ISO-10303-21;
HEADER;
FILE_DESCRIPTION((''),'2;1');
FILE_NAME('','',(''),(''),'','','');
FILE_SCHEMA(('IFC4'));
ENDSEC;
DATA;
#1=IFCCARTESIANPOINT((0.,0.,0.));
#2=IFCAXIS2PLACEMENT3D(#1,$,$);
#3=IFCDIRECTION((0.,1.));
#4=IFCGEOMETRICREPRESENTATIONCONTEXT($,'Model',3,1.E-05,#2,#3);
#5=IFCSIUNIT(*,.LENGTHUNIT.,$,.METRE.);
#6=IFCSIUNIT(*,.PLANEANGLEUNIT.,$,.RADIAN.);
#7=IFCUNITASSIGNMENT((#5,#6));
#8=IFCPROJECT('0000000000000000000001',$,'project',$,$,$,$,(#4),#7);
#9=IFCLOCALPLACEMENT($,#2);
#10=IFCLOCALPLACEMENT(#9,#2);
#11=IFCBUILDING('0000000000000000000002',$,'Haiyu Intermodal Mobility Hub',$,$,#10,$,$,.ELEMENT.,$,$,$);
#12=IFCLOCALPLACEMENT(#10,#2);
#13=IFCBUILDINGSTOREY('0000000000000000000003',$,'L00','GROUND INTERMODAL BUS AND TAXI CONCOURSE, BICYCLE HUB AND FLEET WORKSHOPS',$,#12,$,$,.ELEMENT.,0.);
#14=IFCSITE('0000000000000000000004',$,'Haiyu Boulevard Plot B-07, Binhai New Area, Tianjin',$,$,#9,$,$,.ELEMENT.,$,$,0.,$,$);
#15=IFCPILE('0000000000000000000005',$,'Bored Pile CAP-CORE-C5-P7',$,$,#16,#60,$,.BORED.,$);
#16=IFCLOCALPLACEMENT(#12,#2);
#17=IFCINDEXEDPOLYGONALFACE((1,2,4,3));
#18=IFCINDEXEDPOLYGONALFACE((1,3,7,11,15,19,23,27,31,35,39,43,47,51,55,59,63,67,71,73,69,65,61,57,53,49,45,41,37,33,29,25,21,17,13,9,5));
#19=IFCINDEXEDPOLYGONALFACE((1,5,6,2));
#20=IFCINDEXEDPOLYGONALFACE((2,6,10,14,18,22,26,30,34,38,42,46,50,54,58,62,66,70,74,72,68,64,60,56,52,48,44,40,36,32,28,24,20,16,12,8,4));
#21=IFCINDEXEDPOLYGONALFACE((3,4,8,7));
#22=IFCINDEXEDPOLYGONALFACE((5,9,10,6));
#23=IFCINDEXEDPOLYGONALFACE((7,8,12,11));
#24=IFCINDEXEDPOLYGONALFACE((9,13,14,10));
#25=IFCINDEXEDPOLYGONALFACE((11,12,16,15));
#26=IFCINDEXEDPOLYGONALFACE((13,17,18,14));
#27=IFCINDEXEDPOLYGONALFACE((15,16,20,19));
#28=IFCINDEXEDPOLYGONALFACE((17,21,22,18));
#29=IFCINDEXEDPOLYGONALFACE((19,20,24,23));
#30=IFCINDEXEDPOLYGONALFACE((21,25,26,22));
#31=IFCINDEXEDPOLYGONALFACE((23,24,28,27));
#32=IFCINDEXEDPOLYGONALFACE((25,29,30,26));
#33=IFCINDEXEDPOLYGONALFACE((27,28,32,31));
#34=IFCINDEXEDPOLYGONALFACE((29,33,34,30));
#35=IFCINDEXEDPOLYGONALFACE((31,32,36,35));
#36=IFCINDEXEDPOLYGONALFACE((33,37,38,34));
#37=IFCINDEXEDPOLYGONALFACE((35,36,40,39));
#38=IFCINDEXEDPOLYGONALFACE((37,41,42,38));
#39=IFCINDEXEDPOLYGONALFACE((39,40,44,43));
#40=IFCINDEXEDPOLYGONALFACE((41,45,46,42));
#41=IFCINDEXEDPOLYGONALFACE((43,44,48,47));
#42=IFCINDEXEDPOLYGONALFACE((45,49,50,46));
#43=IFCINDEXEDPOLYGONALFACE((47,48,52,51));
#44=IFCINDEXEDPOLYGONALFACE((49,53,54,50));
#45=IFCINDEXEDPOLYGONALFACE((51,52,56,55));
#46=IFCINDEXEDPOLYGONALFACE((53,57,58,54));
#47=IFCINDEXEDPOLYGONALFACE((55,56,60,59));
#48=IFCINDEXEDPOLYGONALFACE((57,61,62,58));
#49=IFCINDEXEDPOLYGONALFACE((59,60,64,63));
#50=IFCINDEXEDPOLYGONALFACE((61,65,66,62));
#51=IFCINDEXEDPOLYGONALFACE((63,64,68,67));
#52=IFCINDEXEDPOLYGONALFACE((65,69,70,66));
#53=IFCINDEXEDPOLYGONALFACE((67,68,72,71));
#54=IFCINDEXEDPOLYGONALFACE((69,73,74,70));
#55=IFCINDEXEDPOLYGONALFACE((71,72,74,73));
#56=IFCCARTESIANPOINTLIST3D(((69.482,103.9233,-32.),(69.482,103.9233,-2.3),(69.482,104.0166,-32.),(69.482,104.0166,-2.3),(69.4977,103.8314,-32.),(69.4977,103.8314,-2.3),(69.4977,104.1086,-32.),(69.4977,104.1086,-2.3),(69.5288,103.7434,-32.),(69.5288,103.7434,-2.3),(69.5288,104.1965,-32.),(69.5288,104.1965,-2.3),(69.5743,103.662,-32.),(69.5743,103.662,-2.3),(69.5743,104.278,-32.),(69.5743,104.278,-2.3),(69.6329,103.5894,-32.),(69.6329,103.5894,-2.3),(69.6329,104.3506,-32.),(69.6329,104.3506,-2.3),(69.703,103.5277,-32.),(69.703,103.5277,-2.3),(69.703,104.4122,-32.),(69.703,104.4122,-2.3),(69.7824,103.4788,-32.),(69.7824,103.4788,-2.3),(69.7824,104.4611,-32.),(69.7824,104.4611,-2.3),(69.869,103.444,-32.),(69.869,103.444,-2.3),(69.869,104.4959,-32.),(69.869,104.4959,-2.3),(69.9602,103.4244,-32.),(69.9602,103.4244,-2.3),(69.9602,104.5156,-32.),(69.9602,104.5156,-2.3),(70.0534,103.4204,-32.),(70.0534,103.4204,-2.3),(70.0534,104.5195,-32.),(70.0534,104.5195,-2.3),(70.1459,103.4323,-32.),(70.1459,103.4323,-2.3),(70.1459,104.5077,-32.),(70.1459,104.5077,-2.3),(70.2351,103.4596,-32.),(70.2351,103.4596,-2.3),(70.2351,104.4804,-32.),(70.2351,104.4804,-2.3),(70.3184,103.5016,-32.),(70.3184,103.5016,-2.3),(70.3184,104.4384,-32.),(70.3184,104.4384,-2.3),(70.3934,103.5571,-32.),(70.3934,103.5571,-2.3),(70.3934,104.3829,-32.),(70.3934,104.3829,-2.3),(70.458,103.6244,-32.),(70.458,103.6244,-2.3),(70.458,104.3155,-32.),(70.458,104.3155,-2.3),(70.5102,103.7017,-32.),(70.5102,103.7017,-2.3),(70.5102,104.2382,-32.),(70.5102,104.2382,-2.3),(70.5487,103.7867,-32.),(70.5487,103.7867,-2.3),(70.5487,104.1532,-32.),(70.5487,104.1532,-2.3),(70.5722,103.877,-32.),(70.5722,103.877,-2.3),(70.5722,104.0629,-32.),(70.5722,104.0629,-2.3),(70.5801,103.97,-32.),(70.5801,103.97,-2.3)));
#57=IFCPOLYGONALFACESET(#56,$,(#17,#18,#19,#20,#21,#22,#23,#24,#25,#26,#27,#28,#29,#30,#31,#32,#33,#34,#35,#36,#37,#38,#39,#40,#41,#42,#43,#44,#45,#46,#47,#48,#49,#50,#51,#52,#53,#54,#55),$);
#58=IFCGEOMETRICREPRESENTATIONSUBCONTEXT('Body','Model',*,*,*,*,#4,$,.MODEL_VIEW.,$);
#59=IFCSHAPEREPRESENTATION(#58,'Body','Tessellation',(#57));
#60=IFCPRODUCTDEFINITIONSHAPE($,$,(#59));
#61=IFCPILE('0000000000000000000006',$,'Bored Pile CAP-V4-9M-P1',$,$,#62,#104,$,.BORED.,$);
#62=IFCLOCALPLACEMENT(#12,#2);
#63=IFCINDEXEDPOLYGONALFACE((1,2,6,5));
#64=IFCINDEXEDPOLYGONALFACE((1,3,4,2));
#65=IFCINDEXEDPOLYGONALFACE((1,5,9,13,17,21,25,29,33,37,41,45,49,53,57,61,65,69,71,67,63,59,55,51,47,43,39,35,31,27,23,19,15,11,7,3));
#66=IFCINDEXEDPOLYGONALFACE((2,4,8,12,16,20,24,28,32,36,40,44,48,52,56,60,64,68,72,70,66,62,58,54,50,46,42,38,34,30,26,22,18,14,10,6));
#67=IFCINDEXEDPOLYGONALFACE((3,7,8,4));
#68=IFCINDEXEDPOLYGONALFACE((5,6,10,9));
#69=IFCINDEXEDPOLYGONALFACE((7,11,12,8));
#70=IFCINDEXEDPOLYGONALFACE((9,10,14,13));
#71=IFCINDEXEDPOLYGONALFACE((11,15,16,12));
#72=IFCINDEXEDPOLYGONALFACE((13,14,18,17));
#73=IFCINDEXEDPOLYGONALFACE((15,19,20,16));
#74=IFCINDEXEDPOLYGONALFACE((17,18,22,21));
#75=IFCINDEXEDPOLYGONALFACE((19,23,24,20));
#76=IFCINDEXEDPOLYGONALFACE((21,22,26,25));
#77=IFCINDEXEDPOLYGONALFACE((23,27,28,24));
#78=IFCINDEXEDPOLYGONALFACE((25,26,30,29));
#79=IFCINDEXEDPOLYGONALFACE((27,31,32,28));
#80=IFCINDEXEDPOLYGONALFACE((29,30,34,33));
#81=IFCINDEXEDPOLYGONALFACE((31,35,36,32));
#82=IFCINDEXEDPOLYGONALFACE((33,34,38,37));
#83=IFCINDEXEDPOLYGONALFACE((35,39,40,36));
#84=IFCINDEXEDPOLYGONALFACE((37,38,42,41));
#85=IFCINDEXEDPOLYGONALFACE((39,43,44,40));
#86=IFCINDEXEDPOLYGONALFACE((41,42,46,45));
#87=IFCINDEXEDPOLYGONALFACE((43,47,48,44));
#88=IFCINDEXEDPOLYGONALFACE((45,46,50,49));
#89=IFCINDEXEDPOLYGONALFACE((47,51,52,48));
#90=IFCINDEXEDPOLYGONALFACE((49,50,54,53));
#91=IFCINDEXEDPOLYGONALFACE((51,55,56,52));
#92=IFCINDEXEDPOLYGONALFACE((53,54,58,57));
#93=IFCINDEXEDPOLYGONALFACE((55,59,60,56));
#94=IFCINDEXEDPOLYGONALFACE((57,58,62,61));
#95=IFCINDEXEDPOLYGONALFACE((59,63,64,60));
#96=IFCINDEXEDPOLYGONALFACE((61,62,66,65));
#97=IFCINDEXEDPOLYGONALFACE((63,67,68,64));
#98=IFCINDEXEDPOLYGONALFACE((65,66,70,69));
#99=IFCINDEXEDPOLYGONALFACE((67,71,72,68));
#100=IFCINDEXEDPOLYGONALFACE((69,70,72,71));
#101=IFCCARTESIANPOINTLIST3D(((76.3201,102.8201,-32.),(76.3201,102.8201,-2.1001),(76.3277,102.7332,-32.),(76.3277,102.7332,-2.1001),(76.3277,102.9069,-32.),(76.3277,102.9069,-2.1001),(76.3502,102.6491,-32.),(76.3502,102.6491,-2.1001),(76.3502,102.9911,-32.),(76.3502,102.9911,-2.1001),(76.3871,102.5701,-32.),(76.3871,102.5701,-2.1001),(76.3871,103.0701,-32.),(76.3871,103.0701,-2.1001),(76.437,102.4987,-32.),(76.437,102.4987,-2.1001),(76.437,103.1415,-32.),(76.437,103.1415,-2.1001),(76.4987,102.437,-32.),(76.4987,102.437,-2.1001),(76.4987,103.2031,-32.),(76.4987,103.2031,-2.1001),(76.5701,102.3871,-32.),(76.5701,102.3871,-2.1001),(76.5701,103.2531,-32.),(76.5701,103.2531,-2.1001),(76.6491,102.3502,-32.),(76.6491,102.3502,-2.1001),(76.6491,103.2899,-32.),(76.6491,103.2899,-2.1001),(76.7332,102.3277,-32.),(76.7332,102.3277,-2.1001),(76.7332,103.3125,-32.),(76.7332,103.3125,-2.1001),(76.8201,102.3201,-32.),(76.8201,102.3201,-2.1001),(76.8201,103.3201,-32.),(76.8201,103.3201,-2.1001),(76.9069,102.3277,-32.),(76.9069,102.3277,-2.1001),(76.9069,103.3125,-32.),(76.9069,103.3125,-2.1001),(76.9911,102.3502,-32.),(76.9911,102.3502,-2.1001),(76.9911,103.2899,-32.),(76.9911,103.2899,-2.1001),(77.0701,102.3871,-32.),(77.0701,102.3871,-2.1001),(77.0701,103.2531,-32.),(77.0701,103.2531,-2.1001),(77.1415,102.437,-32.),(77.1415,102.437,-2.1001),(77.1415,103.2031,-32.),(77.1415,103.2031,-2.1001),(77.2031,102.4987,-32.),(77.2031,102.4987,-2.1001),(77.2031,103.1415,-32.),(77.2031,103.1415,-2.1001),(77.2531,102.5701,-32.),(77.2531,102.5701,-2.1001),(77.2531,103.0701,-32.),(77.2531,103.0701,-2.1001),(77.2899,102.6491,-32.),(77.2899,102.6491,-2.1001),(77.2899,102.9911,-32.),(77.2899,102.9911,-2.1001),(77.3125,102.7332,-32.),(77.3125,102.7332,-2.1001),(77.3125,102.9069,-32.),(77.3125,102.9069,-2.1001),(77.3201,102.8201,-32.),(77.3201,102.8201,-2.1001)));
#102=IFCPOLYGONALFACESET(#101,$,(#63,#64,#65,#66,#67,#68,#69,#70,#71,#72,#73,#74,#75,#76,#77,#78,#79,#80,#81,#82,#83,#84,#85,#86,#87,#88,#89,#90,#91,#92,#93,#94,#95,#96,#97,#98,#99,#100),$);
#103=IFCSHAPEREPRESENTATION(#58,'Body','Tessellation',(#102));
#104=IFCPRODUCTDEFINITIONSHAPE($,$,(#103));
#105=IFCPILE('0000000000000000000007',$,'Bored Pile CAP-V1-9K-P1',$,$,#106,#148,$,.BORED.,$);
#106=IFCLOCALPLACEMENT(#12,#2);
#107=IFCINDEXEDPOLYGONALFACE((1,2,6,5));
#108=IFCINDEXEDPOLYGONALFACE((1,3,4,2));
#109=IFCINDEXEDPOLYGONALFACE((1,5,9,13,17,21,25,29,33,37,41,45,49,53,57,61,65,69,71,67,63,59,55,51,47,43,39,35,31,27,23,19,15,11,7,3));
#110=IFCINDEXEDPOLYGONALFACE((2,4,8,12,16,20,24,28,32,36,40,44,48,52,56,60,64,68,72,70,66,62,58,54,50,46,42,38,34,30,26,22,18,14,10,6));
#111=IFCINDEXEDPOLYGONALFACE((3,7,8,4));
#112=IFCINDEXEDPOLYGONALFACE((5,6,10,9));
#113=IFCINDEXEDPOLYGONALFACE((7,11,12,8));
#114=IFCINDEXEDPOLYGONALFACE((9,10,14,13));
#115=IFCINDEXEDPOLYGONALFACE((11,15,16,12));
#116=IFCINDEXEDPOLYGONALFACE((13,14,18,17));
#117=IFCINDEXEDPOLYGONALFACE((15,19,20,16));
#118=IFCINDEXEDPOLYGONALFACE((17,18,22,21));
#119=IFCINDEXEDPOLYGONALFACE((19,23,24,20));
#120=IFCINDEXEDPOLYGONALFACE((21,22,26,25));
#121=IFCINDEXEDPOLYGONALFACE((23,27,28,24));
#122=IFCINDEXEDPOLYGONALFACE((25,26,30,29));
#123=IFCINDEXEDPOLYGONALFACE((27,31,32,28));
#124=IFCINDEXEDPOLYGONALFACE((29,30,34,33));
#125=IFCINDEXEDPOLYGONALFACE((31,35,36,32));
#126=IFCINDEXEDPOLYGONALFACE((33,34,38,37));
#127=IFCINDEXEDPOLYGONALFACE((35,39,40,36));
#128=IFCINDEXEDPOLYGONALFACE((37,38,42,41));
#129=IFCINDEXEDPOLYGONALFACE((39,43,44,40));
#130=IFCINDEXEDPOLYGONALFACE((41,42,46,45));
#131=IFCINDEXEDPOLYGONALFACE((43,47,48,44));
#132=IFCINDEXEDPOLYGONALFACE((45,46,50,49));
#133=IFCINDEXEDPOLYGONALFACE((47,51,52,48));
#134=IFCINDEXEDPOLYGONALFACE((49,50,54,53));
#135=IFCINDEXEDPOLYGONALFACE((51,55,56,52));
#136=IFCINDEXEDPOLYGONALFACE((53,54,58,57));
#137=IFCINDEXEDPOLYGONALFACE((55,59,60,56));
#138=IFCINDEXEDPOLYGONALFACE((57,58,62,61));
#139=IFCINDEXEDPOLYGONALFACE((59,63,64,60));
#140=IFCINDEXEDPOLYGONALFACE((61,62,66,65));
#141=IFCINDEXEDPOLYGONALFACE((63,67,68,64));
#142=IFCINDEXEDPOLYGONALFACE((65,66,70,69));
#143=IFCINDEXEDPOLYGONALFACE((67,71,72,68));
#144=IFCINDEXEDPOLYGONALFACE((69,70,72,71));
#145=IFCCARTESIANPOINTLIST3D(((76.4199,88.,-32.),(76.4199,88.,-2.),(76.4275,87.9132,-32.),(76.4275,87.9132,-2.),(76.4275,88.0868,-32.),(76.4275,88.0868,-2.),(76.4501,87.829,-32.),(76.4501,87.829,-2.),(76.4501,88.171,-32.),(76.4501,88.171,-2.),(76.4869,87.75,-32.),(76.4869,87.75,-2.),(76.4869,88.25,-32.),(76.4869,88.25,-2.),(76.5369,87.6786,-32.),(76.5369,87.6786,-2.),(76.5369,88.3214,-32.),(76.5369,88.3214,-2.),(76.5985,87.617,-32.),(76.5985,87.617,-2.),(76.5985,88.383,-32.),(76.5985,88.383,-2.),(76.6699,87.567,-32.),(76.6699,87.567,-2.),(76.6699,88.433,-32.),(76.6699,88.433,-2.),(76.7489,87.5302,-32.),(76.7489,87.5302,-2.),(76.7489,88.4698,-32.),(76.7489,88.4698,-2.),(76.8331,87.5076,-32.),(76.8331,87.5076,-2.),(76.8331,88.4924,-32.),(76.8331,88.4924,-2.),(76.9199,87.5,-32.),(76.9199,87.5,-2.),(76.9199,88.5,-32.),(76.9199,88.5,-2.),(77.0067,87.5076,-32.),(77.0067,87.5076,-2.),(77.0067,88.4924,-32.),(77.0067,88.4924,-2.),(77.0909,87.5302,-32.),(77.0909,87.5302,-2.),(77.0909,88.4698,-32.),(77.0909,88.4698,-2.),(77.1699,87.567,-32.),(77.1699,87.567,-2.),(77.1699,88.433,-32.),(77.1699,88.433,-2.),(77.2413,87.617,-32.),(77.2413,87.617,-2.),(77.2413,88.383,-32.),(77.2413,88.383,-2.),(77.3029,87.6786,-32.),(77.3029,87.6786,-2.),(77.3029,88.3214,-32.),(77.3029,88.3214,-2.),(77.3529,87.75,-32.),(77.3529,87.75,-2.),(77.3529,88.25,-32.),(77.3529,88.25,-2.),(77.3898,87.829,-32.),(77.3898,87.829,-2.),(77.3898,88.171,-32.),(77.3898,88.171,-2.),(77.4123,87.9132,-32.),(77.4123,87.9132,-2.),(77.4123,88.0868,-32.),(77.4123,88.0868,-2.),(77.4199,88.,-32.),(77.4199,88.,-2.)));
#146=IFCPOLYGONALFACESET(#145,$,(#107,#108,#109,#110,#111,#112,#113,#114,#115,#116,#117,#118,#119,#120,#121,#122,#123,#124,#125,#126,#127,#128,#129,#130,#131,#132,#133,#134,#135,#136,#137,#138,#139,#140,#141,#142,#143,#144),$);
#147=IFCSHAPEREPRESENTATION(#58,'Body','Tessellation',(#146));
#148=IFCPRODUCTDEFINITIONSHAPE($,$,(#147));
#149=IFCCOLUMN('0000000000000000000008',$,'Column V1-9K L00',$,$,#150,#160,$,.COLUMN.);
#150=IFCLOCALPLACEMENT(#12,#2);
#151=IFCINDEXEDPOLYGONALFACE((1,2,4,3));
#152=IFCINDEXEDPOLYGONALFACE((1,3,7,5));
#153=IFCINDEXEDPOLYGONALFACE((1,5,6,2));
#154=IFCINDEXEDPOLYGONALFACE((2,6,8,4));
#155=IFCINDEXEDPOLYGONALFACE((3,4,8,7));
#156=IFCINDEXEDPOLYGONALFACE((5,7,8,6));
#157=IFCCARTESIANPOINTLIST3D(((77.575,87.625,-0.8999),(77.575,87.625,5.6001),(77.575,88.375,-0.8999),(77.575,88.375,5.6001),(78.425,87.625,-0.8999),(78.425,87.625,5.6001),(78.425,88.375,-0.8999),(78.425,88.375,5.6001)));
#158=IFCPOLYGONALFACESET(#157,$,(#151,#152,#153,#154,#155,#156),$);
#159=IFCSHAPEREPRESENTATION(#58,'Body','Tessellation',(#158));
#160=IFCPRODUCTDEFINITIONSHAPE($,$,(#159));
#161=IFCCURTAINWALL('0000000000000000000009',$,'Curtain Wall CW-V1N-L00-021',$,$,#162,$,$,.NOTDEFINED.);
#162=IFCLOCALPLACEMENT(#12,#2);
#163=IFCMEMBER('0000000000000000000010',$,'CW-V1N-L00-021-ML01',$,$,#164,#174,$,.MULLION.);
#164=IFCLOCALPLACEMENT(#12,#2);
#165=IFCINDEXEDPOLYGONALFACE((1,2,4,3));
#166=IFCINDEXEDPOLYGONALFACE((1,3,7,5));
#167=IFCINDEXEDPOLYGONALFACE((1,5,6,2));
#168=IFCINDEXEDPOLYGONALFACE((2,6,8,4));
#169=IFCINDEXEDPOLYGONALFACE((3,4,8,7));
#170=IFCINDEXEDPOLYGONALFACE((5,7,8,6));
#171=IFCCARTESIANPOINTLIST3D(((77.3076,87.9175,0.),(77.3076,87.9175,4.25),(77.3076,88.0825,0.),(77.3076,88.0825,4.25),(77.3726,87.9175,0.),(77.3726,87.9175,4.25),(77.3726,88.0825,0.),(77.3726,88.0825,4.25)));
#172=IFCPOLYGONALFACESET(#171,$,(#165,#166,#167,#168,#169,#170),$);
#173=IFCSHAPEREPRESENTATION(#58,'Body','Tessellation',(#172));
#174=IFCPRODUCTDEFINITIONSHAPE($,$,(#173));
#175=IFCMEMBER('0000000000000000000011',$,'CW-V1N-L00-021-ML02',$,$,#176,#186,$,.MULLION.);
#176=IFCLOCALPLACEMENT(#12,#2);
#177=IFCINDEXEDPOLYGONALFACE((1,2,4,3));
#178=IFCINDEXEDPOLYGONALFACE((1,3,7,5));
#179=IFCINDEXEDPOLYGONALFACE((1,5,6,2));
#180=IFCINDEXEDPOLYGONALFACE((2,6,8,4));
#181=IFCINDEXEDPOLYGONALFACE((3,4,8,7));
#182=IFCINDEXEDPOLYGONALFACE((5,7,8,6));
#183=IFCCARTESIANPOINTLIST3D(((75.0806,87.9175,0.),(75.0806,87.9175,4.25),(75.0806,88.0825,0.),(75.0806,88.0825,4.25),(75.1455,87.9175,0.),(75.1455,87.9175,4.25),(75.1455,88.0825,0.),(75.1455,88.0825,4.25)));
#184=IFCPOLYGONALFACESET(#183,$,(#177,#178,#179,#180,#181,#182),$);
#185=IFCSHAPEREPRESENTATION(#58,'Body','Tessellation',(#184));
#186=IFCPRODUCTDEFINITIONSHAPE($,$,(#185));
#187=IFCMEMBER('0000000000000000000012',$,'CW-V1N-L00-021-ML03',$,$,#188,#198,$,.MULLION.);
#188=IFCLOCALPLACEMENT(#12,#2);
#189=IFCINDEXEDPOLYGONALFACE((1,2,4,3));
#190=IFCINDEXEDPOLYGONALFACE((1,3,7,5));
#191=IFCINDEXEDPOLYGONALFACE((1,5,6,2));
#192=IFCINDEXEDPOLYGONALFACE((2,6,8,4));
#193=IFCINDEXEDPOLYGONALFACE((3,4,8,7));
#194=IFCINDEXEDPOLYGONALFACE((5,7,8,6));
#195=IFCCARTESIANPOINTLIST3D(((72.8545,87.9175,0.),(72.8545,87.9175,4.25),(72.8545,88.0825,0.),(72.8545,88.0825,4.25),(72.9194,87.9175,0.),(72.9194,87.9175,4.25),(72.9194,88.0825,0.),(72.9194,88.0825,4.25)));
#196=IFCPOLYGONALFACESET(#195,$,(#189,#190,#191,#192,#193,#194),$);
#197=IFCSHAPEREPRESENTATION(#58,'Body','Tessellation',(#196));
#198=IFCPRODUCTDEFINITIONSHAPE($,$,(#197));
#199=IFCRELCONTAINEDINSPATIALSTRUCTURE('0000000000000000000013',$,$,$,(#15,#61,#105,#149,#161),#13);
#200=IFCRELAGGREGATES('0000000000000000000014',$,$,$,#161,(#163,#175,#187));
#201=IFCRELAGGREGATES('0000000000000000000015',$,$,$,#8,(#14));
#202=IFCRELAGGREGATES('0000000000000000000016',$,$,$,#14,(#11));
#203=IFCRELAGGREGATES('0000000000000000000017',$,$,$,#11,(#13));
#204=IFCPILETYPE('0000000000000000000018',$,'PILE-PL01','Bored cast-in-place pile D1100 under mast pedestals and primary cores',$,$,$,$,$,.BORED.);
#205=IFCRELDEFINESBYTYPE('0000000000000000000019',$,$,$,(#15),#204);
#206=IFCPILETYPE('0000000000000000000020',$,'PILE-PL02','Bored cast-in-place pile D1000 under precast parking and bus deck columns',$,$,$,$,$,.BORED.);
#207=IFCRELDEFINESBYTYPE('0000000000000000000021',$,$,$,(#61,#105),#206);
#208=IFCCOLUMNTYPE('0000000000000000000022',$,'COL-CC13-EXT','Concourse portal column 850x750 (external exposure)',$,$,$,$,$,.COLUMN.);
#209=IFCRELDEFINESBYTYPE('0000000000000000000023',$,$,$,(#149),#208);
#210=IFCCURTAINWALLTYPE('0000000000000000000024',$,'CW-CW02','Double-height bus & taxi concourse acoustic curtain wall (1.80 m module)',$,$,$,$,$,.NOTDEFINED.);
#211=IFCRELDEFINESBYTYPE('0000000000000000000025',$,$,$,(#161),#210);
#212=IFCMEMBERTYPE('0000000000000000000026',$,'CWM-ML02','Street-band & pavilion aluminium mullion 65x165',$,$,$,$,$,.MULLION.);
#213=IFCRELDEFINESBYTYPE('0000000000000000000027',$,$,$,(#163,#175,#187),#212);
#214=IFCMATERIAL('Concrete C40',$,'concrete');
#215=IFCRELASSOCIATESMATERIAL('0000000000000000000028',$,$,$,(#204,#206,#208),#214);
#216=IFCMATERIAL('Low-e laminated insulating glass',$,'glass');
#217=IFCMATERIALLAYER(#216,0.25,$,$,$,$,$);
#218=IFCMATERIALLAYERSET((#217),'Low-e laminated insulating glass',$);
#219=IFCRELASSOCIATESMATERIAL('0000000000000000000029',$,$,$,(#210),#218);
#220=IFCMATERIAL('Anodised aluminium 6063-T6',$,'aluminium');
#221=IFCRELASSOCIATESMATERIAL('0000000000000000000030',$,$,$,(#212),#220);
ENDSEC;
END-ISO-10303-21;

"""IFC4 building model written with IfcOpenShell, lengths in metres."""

from ifc_helpers import new_model, si_unit, direction, frame, origin, origin_2d, place, context, subcontext, project, spatial, rectangle, circle, extrude, material, layer, layer_set, material_profile, profile_set, type_object, element, aggregate, save


model = new_model("IFC4")

# Units and contexts
model_context = context("Model", 3, precision=1e-05, world=origin(), true_north=direction((0.0, 1.0)))
body_context = subcontext(model_context, "Body", "Model", "MODEL_VIEW")
ifc_project = project(units=[si_unit("LENGTHUNIT", "METRE"), si_unit("PLANEANGLEUNIT", "RADIAN")], contexts=[model_context])

# Site, building, storey
site_placement = place(None, origin())
site = spatial("IfcSite", under=ifc_project, at=site_placement, Name="Haiyu Boulevard Plot B-07, Binhai New Area, Tianjin", CompositionType="ELEMENT", RefElevation=0.0)
building_placement = place(site_placement, origin())
building = spatial("IfcBuilding", under=site, at=building_placement, Name="Haiyu Intermodal Mobility Hub", CompositionType="ELEMENT")
storey_placement = place(building_placement, origin())
storey = spatial("IfcBuildingStorey", under=building, at=storey_placement, Name="L00", Description="GROUND INTERMODAL BUS AND TAXI CONCOURSE, BICYCLE HUB AND FLEET WORKSHOPS", CompositionType="ELEMENT", Elevation=0.0)

# Shared definitions
ifc_material_1 = material(Name="Concrete C40", Category="concrete")

# Piles
ifc_material_profile_1 = material_profile(ifc_material_1, circle(Radius=0.55, at=origin_2d()), Name="PILE-D1100")
ifc_profile_set_1 = profile_set([ifc_material_profile_1], Name="Concrete C40")
pile_type_1 = type_object("IfcPileType", Name="PILE-PL01", Description="Bored cast-in-place pile D1100 under mast pedestals and primary cores", PredefinedType="BORED", material=ifc_profile_set_1)
for number, where, z_axis, x_axis, name in (
    (1, (70.03, 103.97, -2.3), (0.0, 0.0, -1.0), (1.0, 0.0, 0.0), "Bored Pile CAP-CORE-C5-P7"),
):
    element("IfcPile", number, at=place(storey_placement, frame(where, z_axis=z_axis, x_axis=x_axis)), inside=storey, type_object=pile_type_1, Name=name, PredefinedType="BORED", context=body_context, shape_type="SweptSolid", body=[
        extrude(circle(Radius=0.55, at=origin_2d()), origin(), (0.0, 0.0, 1.0), 29.7),
    ])
ifc_material_profile_2 = material_profile(ifc_material_1, circle(Radius=0.5, at=origin_2d()), Name="PILE-D1000")
ifc_profile_set_2 = profile_set([ifc_material_profile_2], Name="Concrete C40")
pile_type_2 = type_object("IfcPileType", Name="PILE-PL02", Description="Bored cast-in-place pile D1000 under precast parking and bus deck columns", PredefinedType="BORED", material=ifc_profile_set_2)
pile_1_placement = place(storey_placement, frame((76.8201, 102.8201, -2.1001), z_axis=(0.0, 0.0, -1.0), x_axis=(1.0, 0.0, 0.0)))
element("IfcPile", 2, at=pile_1_placement, inside=storey, type_object=pile_type_2, Name="Bored Pile CAP-V4-9M-P1", PredefinedType="BORED", context=body_context, shape_type="SweptSolid", body=[
    extrude(circle(Radius=0.5, at=origin_2d()), origin(), (0.0, 0.0, 1.0), 29.8999),
])
pile_2_placement = place(storey_placement, frame((76.9199, 88.0, -2.0), z_axis=(0.0, 0.0, -1.0), x_axis=(1.0, 0.0, 0.0)))
element("IfcPile", 3, at=pile_2_placement, inside=storey, type_object=pile_type_2, Name="Bored Pile CAP-V1-9K-P1", PredefinedType="BORED", context=body_context, shape_type="SweptSolid", body=[
    extrude(circle(Radius=0.5, at=origin_2d()), origin(), (0.0, 0.0, 1.0), 30.0),
])

# Column
ifc_material_profile_3 = material_profile(ifc_material_1, rectangle(XDim=0.8501, YDim=0.75, at=origin_2d()), Name="C850x750")
ifc_profile_set_3 = profile_set([ifc_material_profile_3], Name="Concrete C40")
column_type = type_object("IfcColumnType", Name="COL-CC13-EXT", Description="Concourse portal column 850x750 (external exposure)", PredefinedType="COLUMN", material=ifc_profile_set_3)
column_placement = place(storey_placement, frame((78.0, 88.0, -0.8999), z_axis=(0.0, 0.0, 1.0), x_axis=(1.0, 0.0, 0.0)))
element("IfcColumn", 4, at=column_placement, inside=storey, type_object=column_type, Name="Column V1-9K L00", PredefinedType="COLUMN", context=body_context, shape_type="SweptSolid", body=[
    extrude(rectangle(XDim=0.8501, YDim=0.75, at=origin_2d()), origin(), (0.0, 0.0, 1.0), 6.5),
])

# Curtain wall, members
ifc_material_2 = material(Name="Low-e laminated insulating glass", Category="glass")
ifc_layer_1 = layer(ifc_material_2, 0.25)
ifc_layer_set_1 = layer_set([ifc_layer_1], Name="Low-e laminated insulating glass")
curtain_wall_type = type_object("IfcCurtainWallType", Name="CW-CW02", Description="Double-height bus & taxi concourse acoustic curtain wall (1.80 m module)", PredefinedType="NOTDEFINED", material=ifc_layer_set_1)
curtain_wall_placement = place(storey_placement, origin())
curtain_wall = element("IfcCurtainWall", 5, at=curtain_wall_placement, inside=storey, type_object=curtain_wall_type, Name="Curtain Wall CW-V1N-L00-021", PredefinedType="NOTDEFINED")
ifc_material_3 = material(Name="Anodised aluminium 6063-T6", Category="aluminium")
ifc_material_profile_4 = material_profile(ifc_material_3, rectangle(XDim=0.0649, YDim=0.165, at=origin_2d()), Name="ALU65x165")
ifc_profile_set_4 = profile_set([ifc_material_profile_4], Name="Anodised aluminium 6063-T6")
member_type_1 = type_object("IfcMemberType", Name="CWM-ML02", Description="Street-band & pavilion aluminium mullion 65x165", PredefinedType="MULLION", material=ifc_profile_set_4)
member_1_placement = place(storey_placement, frame((77.3401, 88.0, 0.0), z_axis=(0.0, 0.0, 1.0), x_axis=(1.0, 0.0, 0.0)))
member_1 = element("IfcMember", 6, at=member_1_placement, type_object=member_type_1, Name="CW-V1N-L00-021-ML01", PredefinedType="MULLION", context=body_context, shape_type="SweptSolid", body=[
    extrude(rectangle(XDim=0.0649, YDim=0.165, at=origin_2d()), origin(), (0.0, 0.0, 1.0), 4.25),
])
member_2_placement = place(storey_placement, frame((75.113, 88.0, 0.0), z_axis=(0.0, 0.0, 1.0), x_axis=(1.0, 0.0, 0.0)))
member_2 = element("IfcMember", 7, at=member_2_placement, type_object=member_type_1, Name="CW-V1N-L00-021-ML02", PredefinedType="MULLION", context=body_context, shape_type="SweptSolid", body=[
    extrude(rectangle(XDim=0.0649, YDim=0.165, at=origin_2d()), origin(), (0.0, 0.0, 1.0), 4.25),
])
member_3_placement = place(storey_placement, frame((72.887, 88.0, 0.0), z_axis=(0.0, 0.0, 1.0), x_axis=(1.0, 0.0, 0.0)))
member_3 = element("IfcMember", 8, at=member_3_placement, type_object=member_type_1, Name="CW-V1N-L00-021-ML03", PredefinedType="MULLION", context=body_context, shape_type="SweptSolid", body=[
    extrude(rectangle(XDim=0.0649, YDim=0.165, at=origin_2d()), origin(), (0.0, 0.0, 1.0), 4.25),
])
aggregate(curtain_wall, [member_1, member_2, member_3])

save(model, "model.ifc")
